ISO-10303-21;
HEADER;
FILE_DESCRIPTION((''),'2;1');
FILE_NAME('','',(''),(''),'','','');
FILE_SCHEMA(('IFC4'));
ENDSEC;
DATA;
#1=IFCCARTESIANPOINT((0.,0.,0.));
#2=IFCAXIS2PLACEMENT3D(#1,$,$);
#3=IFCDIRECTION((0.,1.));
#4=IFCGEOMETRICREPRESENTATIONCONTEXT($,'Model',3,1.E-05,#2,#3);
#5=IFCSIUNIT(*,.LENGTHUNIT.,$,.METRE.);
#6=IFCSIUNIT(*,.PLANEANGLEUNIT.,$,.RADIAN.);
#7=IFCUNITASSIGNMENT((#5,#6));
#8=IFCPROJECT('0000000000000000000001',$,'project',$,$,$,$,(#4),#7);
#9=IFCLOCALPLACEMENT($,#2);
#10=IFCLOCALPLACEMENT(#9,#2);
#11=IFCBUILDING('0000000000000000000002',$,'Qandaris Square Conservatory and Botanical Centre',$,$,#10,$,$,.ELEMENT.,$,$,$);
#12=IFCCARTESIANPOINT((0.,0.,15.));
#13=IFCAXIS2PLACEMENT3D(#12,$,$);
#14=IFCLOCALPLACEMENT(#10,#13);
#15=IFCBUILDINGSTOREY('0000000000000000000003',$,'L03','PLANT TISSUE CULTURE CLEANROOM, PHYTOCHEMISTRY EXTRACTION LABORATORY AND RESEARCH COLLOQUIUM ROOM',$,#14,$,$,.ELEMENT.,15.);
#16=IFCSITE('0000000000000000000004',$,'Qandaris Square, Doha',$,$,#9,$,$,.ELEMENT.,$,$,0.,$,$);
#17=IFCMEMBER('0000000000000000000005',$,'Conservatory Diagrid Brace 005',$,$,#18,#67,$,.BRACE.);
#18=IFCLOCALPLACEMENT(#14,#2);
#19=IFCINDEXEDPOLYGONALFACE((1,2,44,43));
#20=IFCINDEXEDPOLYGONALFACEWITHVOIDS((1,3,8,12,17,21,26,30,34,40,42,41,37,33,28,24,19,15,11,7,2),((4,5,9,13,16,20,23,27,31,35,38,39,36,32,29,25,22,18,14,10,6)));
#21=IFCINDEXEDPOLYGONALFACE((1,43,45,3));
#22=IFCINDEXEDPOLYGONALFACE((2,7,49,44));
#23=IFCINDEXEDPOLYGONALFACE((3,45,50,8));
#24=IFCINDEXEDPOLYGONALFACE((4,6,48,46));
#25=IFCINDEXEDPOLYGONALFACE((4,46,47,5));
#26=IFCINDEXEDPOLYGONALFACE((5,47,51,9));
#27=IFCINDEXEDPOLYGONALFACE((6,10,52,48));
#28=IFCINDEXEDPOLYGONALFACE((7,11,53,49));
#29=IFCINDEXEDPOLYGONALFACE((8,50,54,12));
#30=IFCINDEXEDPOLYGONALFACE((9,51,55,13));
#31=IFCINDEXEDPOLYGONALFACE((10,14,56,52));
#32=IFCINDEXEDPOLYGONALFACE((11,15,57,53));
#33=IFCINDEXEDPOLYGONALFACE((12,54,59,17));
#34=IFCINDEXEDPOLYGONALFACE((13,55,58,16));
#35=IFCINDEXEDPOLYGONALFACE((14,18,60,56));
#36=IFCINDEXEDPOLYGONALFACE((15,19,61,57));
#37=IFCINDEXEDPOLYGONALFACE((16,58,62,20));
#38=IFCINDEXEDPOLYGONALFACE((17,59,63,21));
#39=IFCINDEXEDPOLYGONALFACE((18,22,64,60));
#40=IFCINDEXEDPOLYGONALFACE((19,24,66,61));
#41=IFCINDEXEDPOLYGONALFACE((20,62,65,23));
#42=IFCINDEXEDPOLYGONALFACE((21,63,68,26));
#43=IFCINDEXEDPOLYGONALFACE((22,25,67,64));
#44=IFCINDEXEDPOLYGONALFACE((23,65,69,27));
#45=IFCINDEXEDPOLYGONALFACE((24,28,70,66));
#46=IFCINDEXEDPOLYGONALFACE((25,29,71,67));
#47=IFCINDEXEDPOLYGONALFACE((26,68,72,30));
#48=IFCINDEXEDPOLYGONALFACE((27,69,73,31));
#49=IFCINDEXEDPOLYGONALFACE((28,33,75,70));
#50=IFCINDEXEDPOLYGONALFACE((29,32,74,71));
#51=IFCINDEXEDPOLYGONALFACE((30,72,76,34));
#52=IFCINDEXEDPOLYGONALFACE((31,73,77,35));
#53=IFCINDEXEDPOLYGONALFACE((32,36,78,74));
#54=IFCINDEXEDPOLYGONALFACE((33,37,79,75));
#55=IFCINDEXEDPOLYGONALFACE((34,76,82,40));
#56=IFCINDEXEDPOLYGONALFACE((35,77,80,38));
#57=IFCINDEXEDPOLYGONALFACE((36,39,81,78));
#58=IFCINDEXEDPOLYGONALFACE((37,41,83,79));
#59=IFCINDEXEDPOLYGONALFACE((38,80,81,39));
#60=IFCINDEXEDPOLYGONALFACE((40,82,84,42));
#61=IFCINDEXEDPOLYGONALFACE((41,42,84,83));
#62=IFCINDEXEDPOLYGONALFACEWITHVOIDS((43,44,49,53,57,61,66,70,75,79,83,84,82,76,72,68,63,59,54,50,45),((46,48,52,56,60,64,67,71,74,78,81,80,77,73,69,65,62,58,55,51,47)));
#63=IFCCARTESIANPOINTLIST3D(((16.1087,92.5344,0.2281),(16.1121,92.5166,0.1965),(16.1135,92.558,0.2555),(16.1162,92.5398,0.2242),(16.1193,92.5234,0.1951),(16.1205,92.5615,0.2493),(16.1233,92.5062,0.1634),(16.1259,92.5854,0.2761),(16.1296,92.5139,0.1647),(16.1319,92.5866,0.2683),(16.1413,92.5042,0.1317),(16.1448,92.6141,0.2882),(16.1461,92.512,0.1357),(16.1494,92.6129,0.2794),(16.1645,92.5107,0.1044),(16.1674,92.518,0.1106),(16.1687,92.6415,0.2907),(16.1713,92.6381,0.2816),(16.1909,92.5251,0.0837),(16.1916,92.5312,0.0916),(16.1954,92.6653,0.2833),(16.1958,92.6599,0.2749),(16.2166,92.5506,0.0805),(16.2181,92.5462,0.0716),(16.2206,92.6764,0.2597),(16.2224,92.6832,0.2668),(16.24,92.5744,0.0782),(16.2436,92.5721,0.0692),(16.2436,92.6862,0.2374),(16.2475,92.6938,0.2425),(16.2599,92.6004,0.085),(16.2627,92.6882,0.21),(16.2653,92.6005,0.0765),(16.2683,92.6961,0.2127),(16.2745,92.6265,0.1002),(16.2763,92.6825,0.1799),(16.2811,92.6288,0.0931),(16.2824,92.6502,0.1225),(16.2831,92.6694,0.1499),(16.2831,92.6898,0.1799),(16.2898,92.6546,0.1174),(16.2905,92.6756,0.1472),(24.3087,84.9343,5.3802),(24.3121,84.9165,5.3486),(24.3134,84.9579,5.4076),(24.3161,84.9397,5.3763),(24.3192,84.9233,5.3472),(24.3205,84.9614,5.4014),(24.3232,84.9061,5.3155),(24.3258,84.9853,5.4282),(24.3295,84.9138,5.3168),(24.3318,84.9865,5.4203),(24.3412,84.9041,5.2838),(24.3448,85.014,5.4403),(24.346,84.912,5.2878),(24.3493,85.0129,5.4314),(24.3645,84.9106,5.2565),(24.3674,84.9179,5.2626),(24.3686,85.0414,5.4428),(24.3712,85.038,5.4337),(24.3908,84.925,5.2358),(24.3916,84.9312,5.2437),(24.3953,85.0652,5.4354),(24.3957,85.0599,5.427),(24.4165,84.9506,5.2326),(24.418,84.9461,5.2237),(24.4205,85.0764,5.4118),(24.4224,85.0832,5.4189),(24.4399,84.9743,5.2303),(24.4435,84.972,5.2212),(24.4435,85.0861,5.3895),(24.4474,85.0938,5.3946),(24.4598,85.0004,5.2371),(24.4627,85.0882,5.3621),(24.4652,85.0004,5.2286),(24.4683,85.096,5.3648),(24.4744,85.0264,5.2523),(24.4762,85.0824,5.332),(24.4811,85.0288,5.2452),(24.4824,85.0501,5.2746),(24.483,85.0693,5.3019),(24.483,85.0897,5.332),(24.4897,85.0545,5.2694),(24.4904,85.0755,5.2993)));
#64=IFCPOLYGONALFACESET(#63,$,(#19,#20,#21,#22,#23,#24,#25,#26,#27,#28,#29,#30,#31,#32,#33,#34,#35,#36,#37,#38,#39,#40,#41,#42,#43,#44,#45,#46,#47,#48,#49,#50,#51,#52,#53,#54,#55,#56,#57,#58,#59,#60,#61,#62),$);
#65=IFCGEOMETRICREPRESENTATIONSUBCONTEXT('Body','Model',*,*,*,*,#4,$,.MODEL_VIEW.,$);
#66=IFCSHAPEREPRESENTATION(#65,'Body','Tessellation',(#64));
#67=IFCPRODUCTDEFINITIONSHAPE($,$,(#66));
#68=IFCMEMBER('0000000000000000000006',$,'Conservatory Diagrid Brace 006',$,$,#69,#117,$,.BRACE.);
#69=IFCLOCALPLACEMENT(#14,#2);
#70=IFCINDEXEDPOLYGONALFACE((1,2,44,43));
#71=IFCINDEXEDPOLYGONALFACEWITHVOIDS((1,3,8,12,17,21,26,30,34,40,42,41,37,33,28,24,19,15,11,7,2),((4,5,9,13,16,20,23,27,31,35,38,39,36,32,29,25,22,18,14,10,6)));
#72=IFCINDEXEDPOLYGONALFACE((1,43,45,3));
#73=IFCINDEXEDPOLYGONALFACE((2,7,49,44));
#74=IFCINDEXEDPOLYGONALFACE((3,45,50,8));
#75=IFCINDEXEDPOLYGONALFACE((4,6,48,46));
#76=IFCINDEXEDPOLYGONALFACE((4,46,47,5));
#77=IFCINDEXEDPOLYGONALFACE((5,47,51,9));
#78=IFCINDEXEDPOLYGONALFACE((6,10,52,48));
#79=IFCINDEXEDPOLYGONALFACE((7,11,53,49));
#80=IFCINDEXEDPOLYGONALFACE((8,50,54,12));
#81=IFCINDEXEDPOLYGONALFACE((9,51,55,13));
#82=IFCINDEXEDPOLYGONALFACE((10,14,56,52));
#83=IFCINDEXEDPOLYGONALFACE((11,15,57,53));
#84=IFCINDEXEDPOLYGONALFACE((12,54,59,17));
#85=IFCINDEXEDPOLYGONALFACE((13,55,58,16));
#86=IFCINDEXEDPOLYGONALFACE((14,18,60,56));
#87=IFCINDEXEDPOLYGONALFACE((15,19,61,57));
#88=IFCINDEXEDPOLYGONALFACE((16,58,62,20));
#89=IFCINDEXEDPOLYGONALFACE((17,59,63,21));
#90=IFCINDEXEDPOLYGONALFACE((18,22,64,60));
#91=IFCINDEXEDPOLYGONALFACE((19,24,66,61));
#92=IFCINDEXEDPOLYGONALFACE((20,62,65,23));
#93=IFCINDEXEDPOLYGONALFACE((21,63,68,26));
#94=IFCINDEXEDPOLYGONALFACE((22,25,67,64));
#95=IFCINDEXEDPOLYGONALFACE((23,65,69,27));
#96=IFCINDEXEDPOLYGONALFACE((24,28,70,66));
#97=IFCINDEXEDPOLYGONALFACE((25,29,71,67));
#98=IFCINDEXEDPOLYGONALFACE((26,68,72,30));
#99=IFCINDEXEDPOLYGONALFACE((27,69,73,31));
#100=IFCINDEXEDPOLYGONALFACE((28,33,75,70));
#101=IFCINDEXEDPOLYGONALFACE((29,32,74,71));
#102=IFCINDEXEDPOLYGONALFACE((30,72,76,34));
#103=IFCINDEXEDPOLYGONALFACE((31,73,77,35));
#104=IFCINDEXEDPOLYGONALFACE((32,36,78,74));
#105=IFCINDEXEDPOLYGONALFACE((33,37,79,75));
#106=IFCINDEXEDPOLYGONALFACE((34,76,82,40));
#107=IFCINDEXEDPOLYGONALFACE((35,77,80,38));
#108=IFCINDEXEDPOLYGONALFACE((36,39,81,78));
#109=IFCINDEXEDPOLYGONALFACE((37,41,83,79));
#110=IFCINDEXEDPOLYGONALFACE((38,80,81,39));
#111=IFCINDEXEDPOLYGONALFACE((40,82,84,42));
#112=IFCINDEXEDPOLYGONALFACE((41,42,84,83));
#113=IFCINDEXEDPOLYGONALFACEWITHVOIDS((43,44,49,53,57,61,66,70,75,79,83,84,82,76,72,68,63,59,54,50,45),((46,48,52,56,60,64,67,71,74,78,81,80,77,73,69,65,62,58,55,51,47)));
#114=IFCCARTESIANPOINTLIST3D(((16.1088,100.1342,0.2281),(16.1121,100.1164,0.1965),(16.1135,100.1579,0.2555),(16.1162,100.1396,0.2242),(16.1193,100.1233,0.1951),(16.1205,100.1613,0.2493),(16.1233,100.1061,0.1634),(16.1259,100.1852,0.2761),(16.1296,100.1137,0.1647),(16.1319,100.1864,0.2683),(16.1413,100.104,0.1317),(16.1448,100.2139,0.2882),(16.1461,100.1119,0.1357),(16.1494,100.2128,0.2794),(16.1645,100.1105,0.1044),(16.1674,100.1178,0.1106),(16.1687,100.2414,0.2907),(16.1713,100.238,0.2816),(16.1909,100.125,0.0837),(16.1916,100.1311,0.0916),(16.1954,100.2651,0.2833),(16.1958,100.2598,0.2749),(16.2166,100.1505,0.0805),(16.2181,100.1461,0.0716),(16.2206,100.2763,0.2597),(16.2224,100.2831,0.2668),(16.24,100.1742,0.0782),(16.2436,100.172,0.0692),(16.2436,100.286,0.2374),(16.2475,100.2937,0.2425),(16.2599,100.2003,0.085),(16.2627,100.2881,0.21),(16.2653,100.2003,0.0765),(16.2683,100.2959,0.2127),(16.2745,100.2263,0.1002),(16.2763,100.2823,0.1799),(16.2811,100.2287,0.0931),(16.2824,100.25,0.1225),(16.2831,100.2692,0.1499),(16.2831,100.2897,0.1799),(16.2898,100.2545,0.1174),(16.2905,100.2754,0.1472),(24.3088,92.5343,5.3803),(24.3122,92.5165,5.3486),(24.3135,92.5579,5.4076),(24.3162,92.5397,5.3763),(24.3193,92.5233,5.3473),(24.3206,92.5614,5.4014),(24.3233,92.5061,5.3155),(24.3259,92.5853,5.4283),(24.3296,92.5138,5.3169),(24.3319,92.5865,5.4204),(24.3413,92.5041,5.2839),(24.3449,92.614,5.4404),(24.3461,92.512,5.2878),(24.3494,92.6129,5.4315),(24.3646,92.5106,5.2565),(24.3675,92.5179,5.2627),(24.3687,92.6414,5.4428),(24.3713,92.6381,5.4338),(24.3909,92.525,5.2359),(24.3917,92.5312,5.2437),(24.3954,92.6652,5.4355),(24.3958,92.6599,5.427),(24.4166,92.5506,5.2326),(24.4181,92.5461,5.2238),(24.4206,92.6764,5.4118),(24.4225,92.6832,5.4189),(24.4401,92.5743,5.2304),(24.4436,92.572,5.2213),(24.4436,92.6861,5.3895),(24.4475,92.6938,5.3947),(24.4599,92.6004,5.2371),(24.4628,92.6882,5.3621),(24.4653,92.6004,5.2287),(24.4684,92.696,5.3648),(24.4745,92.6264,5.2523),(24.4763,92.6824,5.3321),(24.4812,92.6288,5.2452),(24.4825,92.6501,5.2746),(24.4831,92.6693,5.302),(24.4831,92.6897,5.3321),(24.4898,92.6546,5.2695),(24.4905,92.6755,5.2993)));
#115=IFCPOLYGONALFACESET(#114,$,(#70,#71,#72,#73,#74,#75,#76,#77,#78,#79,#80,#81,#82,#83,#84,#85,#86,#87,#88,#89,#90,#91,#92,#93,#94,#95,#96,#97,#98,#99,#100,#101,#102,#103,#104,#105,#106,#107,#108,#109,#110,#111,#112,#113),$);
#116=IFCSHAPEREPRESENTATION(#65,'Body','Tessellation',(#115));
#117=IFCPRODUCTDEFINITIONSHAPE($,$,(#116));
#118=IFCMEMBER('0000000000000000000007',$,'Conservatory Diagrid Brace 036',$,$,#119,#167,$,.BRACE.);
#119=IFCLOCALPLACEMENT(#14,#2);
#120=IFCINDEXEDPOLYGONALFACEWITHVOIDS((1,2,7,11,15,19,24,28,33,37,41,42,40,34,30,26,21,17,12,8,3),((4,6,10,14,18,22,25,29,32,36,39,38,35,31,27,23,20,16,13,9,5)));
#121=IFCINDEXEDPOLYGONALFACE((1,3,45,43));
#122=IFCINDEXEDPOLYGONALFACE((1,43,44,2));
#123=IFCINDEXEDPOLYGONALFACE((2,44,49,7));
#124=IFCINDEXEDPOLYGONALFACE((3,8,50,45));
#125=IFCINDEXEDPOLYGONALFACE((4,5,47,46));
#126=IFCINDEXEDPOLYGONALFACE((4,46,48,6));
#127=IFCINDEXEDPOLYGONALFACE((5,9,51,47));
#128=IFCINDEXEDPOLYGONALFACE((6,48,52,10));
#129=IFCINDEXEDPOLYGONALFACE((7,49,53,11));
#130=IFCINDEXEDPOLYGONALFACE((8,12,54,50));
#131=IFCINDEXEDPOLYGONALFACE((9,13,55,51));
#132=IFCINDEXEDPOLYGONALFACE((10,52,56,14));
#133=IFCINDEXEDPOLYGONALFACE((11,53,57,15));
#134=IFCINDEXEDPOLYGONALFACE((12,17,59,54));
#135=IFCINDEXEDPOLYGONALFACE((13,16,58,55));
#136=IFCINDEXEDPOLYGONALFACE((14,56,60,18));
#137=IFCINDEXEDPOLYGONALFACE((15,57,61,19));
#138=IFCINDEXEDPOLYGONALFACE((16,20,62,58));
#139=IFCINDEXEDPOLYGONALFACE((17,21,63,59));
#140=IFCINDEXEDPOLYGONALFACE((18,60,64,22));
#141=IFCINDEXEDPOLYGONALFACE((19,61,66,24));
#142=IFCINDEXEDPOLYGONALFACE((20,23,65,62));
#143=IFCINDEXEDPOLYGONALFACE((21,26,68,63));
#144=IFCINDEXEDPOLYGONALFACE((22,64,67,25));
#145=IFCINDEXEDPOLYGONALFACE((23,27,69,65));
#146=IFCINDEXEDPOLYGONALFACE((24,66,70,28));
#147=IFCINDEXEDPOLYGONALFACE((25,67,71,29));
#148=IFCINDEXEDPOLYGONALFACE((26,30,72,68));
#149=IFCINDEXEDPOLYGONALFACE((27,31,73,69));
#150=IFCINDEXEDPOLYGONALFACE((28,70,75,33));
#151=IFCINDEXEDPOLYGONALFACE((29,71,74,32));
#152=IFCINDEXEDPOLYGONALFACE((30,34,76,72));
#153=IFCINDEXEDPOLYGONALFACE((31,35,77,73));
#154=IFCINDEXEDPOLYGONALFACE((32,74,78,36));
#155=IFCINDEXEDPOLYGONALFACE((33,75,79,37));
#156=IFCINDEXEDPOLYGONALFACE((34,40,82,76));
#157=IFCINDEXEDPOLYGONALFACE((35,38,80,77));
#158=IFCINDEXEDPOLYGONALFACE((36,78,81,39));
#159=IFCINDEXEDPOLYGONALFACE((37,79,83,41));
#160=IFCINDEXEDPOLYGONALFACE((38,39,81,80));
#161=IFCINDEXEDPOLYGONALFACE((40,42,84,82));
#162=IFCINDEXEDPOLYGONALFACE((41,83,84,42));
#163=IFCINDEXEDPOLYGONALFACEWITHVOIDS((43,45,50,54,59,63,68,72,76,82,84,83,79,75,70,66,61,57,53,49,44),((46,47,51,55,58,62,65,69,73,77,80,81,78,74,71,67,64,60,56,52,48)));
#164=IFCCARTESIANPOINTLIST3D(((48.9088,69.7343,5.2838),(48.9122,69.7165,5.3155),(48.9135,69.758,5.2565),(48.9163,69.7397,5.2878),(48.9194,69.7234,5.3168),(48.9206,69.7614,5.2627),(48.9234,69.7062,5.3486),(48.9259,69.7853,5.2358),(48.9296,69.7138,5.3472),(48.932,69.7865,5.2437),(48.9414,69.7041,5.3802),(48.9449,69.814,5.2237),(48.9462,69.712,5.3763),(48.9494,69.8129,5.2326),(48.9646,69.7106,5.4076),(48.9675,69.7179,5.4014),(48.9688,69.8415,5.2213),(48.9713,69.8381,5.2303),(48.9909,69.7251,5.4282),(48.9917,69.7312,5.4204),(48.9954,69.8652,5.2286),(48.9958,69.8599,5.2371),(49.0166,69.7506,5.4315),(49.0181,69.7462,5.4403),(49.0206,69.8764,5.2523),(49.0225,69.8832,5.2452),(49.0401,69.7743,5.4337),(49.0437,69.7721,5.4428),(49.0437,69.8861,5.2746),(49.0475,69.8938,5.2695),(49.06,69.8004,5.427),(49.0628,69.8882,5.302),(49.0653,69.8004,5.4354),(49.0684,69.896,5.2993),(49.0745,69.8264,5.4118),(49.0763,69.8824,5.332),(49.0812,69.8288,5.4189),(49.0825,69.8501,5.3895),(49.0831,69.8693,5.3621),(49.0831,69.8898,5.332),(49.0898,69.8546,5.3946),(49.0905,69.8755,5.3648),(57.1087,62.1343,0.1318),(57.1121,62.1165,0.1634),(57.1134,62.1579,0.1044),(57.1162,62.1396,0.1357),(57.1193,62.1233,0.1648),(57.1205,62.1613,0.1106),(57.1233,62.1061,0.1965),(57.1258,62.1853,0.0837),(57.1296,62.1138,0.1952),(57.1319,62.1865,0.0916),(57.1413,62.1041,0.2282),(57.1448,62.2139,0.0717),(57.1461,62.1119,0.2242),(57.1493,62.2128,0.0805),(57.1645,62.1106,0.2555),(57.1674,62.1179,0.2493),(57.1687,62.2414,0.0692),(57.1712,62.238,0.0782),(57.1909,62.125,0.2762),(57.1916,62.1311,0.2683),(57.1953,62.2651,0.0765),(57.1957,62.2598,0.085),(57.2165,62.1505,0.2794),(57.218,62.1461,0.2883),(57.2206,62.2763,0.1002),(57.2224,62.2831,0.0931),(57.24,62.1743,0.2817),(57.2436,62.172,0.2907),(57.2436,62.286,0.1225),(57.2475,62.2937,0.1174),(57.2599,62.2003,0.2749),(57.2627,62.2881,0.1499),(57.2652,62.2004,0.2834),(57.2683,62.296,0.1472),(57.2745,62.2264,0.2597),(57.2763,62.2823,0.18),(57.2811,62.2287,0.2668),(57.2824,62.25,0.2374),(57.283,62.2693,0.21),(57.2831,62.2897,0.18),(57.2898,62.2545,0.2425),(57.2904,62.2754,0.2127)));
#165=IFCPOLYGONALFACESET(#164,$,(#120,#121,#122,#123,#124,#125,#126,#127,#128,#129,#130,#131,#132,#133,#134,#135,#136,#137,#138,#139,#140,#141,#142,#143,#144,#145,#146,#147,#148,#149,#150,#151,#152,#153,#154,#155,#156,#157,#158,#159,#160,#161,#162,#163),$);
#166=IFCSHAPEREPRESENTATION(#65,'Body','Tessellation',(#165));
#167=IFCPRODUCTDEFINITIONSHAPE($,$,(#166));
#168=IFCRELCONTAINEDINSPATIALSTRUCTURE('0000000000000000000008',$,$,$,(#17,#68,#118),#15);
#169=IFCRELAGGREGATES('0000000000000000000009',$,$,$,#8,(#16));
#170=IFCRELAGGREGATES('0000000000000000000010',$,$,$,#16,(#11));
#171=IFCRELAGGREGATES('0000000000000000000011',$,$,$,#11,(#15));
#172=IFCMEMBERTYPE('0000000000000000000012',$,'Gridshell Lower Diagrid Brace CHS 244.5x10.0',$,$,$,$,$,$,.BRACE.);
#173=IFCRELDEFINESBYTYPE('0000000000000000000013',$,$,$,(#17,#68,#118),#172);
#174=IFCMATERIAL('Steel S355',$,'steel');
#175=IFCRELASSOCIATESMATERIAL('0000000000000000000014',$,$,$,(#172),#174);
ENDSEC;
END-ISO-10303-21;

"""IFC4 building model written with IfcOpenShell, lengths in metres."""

from ifc_helpers import new_model, si_unit, direction, frame, origin, origin_2d, place, context, subcontext, project, spatial, hollow_circle, extrude, material, material_profile, profile_set, type_object, element, save


model = new_model("IFC4")

# Units and contexts
model_context = context("Model", 3, precision=1e-05, world=origin(), true_north=direction((0.0, 1.0)))
body_context = subcontext(model_context, "Body", "Model", "MODEL_VIEW")
ifc_project = project(units=[si_unit("LENGTHUNIT", "METRE"), si_unit("PLANEANGLEUNIT", "RADIAN")], contexts=[model_context])

# Site, building, storey
site_placement = place(None, origin())
site = spatial("IfcSite", under=ifc_project, at=site_placement, Name="Qandaris Square, Doha", CompositionType="ELEMENT", RefElevation=0.0)
building_placement = place(site_placement, origin())
building = spatial("IfcBuilding", under=site, at=building_placement, Name="Qandaris Square Conservatory and Botanical Centre", CompositionType="ELEMENT")
storey_placement = place(building_placement, frame((0.0, 0.0, 15.0)))
storey = spatial("IfcBuildingStorey", under=building, at=storey_placement, Name="L03", Description="PLANT TISSUE CULTURE CLEANROOM, PHYTOCHEMISTRY EXTRACTION LABORATORY AND RESEARCH COLLOQUIUM ROOM", CompositionType="ELEMENT", Elevation=15.0)

# Members
ifc_material_1 = material(Name="Steel S355", Category="steel")
ifc_material_profile_1 = material_profile(ifc_material_1, hollow_circle(Radius=0.1223, WallThickness=0.01, at=origin_2d()), Name="CHS 244.5x10.0")
ifc_profile_set_1 = profile_set([ifc_material_profile_1], Name="Steel S355")
member_type_1 = type_object("IfcMemberType", Name="Gridshell Lower Diagrid Brace CHS 244.5x10.0", PredefinedType="BRACE", material=ifc_profile_set_1)
for number, where, z_axis, x_axis, name in (
    (1, (16.2, 92.6001, 0.1799), (0.666102, -0.617374, 0.418518), (0.679772, 0.733424, 0.0), "Conservatory Diagrid Brace 005"),
    (2, (16.2, 100.2, 0.1799), (0.66611, -0.617362, 0.418523), (0.67976, 0.733435, 0.0), "Conservatory Diagrid Brace 006"),
    (3, (49.0, 69.8, 5.332), (0.666102, -0.617374, -0.418518), (0.679772, 0.733424, 0.0), "Conservatory Diagrid Brace 036"),
):
    element("IfcMember", number, at=place(storey_placement, frame(where, z_axis=z_axis, x_axis=x_axis)), inside=storey, type_object=member_type_1, Name=name, PredefinedType="BRACE", context=body_context, shape_type="SweptSolid", body=[
        extrude(hollow_circle(Radius=0.1223, WallThickness=0.01, at=origin_2d()), origin(), (0.0, 0.0, 1.0), 12.3103),
    ])

save(model, "model.ifc")
